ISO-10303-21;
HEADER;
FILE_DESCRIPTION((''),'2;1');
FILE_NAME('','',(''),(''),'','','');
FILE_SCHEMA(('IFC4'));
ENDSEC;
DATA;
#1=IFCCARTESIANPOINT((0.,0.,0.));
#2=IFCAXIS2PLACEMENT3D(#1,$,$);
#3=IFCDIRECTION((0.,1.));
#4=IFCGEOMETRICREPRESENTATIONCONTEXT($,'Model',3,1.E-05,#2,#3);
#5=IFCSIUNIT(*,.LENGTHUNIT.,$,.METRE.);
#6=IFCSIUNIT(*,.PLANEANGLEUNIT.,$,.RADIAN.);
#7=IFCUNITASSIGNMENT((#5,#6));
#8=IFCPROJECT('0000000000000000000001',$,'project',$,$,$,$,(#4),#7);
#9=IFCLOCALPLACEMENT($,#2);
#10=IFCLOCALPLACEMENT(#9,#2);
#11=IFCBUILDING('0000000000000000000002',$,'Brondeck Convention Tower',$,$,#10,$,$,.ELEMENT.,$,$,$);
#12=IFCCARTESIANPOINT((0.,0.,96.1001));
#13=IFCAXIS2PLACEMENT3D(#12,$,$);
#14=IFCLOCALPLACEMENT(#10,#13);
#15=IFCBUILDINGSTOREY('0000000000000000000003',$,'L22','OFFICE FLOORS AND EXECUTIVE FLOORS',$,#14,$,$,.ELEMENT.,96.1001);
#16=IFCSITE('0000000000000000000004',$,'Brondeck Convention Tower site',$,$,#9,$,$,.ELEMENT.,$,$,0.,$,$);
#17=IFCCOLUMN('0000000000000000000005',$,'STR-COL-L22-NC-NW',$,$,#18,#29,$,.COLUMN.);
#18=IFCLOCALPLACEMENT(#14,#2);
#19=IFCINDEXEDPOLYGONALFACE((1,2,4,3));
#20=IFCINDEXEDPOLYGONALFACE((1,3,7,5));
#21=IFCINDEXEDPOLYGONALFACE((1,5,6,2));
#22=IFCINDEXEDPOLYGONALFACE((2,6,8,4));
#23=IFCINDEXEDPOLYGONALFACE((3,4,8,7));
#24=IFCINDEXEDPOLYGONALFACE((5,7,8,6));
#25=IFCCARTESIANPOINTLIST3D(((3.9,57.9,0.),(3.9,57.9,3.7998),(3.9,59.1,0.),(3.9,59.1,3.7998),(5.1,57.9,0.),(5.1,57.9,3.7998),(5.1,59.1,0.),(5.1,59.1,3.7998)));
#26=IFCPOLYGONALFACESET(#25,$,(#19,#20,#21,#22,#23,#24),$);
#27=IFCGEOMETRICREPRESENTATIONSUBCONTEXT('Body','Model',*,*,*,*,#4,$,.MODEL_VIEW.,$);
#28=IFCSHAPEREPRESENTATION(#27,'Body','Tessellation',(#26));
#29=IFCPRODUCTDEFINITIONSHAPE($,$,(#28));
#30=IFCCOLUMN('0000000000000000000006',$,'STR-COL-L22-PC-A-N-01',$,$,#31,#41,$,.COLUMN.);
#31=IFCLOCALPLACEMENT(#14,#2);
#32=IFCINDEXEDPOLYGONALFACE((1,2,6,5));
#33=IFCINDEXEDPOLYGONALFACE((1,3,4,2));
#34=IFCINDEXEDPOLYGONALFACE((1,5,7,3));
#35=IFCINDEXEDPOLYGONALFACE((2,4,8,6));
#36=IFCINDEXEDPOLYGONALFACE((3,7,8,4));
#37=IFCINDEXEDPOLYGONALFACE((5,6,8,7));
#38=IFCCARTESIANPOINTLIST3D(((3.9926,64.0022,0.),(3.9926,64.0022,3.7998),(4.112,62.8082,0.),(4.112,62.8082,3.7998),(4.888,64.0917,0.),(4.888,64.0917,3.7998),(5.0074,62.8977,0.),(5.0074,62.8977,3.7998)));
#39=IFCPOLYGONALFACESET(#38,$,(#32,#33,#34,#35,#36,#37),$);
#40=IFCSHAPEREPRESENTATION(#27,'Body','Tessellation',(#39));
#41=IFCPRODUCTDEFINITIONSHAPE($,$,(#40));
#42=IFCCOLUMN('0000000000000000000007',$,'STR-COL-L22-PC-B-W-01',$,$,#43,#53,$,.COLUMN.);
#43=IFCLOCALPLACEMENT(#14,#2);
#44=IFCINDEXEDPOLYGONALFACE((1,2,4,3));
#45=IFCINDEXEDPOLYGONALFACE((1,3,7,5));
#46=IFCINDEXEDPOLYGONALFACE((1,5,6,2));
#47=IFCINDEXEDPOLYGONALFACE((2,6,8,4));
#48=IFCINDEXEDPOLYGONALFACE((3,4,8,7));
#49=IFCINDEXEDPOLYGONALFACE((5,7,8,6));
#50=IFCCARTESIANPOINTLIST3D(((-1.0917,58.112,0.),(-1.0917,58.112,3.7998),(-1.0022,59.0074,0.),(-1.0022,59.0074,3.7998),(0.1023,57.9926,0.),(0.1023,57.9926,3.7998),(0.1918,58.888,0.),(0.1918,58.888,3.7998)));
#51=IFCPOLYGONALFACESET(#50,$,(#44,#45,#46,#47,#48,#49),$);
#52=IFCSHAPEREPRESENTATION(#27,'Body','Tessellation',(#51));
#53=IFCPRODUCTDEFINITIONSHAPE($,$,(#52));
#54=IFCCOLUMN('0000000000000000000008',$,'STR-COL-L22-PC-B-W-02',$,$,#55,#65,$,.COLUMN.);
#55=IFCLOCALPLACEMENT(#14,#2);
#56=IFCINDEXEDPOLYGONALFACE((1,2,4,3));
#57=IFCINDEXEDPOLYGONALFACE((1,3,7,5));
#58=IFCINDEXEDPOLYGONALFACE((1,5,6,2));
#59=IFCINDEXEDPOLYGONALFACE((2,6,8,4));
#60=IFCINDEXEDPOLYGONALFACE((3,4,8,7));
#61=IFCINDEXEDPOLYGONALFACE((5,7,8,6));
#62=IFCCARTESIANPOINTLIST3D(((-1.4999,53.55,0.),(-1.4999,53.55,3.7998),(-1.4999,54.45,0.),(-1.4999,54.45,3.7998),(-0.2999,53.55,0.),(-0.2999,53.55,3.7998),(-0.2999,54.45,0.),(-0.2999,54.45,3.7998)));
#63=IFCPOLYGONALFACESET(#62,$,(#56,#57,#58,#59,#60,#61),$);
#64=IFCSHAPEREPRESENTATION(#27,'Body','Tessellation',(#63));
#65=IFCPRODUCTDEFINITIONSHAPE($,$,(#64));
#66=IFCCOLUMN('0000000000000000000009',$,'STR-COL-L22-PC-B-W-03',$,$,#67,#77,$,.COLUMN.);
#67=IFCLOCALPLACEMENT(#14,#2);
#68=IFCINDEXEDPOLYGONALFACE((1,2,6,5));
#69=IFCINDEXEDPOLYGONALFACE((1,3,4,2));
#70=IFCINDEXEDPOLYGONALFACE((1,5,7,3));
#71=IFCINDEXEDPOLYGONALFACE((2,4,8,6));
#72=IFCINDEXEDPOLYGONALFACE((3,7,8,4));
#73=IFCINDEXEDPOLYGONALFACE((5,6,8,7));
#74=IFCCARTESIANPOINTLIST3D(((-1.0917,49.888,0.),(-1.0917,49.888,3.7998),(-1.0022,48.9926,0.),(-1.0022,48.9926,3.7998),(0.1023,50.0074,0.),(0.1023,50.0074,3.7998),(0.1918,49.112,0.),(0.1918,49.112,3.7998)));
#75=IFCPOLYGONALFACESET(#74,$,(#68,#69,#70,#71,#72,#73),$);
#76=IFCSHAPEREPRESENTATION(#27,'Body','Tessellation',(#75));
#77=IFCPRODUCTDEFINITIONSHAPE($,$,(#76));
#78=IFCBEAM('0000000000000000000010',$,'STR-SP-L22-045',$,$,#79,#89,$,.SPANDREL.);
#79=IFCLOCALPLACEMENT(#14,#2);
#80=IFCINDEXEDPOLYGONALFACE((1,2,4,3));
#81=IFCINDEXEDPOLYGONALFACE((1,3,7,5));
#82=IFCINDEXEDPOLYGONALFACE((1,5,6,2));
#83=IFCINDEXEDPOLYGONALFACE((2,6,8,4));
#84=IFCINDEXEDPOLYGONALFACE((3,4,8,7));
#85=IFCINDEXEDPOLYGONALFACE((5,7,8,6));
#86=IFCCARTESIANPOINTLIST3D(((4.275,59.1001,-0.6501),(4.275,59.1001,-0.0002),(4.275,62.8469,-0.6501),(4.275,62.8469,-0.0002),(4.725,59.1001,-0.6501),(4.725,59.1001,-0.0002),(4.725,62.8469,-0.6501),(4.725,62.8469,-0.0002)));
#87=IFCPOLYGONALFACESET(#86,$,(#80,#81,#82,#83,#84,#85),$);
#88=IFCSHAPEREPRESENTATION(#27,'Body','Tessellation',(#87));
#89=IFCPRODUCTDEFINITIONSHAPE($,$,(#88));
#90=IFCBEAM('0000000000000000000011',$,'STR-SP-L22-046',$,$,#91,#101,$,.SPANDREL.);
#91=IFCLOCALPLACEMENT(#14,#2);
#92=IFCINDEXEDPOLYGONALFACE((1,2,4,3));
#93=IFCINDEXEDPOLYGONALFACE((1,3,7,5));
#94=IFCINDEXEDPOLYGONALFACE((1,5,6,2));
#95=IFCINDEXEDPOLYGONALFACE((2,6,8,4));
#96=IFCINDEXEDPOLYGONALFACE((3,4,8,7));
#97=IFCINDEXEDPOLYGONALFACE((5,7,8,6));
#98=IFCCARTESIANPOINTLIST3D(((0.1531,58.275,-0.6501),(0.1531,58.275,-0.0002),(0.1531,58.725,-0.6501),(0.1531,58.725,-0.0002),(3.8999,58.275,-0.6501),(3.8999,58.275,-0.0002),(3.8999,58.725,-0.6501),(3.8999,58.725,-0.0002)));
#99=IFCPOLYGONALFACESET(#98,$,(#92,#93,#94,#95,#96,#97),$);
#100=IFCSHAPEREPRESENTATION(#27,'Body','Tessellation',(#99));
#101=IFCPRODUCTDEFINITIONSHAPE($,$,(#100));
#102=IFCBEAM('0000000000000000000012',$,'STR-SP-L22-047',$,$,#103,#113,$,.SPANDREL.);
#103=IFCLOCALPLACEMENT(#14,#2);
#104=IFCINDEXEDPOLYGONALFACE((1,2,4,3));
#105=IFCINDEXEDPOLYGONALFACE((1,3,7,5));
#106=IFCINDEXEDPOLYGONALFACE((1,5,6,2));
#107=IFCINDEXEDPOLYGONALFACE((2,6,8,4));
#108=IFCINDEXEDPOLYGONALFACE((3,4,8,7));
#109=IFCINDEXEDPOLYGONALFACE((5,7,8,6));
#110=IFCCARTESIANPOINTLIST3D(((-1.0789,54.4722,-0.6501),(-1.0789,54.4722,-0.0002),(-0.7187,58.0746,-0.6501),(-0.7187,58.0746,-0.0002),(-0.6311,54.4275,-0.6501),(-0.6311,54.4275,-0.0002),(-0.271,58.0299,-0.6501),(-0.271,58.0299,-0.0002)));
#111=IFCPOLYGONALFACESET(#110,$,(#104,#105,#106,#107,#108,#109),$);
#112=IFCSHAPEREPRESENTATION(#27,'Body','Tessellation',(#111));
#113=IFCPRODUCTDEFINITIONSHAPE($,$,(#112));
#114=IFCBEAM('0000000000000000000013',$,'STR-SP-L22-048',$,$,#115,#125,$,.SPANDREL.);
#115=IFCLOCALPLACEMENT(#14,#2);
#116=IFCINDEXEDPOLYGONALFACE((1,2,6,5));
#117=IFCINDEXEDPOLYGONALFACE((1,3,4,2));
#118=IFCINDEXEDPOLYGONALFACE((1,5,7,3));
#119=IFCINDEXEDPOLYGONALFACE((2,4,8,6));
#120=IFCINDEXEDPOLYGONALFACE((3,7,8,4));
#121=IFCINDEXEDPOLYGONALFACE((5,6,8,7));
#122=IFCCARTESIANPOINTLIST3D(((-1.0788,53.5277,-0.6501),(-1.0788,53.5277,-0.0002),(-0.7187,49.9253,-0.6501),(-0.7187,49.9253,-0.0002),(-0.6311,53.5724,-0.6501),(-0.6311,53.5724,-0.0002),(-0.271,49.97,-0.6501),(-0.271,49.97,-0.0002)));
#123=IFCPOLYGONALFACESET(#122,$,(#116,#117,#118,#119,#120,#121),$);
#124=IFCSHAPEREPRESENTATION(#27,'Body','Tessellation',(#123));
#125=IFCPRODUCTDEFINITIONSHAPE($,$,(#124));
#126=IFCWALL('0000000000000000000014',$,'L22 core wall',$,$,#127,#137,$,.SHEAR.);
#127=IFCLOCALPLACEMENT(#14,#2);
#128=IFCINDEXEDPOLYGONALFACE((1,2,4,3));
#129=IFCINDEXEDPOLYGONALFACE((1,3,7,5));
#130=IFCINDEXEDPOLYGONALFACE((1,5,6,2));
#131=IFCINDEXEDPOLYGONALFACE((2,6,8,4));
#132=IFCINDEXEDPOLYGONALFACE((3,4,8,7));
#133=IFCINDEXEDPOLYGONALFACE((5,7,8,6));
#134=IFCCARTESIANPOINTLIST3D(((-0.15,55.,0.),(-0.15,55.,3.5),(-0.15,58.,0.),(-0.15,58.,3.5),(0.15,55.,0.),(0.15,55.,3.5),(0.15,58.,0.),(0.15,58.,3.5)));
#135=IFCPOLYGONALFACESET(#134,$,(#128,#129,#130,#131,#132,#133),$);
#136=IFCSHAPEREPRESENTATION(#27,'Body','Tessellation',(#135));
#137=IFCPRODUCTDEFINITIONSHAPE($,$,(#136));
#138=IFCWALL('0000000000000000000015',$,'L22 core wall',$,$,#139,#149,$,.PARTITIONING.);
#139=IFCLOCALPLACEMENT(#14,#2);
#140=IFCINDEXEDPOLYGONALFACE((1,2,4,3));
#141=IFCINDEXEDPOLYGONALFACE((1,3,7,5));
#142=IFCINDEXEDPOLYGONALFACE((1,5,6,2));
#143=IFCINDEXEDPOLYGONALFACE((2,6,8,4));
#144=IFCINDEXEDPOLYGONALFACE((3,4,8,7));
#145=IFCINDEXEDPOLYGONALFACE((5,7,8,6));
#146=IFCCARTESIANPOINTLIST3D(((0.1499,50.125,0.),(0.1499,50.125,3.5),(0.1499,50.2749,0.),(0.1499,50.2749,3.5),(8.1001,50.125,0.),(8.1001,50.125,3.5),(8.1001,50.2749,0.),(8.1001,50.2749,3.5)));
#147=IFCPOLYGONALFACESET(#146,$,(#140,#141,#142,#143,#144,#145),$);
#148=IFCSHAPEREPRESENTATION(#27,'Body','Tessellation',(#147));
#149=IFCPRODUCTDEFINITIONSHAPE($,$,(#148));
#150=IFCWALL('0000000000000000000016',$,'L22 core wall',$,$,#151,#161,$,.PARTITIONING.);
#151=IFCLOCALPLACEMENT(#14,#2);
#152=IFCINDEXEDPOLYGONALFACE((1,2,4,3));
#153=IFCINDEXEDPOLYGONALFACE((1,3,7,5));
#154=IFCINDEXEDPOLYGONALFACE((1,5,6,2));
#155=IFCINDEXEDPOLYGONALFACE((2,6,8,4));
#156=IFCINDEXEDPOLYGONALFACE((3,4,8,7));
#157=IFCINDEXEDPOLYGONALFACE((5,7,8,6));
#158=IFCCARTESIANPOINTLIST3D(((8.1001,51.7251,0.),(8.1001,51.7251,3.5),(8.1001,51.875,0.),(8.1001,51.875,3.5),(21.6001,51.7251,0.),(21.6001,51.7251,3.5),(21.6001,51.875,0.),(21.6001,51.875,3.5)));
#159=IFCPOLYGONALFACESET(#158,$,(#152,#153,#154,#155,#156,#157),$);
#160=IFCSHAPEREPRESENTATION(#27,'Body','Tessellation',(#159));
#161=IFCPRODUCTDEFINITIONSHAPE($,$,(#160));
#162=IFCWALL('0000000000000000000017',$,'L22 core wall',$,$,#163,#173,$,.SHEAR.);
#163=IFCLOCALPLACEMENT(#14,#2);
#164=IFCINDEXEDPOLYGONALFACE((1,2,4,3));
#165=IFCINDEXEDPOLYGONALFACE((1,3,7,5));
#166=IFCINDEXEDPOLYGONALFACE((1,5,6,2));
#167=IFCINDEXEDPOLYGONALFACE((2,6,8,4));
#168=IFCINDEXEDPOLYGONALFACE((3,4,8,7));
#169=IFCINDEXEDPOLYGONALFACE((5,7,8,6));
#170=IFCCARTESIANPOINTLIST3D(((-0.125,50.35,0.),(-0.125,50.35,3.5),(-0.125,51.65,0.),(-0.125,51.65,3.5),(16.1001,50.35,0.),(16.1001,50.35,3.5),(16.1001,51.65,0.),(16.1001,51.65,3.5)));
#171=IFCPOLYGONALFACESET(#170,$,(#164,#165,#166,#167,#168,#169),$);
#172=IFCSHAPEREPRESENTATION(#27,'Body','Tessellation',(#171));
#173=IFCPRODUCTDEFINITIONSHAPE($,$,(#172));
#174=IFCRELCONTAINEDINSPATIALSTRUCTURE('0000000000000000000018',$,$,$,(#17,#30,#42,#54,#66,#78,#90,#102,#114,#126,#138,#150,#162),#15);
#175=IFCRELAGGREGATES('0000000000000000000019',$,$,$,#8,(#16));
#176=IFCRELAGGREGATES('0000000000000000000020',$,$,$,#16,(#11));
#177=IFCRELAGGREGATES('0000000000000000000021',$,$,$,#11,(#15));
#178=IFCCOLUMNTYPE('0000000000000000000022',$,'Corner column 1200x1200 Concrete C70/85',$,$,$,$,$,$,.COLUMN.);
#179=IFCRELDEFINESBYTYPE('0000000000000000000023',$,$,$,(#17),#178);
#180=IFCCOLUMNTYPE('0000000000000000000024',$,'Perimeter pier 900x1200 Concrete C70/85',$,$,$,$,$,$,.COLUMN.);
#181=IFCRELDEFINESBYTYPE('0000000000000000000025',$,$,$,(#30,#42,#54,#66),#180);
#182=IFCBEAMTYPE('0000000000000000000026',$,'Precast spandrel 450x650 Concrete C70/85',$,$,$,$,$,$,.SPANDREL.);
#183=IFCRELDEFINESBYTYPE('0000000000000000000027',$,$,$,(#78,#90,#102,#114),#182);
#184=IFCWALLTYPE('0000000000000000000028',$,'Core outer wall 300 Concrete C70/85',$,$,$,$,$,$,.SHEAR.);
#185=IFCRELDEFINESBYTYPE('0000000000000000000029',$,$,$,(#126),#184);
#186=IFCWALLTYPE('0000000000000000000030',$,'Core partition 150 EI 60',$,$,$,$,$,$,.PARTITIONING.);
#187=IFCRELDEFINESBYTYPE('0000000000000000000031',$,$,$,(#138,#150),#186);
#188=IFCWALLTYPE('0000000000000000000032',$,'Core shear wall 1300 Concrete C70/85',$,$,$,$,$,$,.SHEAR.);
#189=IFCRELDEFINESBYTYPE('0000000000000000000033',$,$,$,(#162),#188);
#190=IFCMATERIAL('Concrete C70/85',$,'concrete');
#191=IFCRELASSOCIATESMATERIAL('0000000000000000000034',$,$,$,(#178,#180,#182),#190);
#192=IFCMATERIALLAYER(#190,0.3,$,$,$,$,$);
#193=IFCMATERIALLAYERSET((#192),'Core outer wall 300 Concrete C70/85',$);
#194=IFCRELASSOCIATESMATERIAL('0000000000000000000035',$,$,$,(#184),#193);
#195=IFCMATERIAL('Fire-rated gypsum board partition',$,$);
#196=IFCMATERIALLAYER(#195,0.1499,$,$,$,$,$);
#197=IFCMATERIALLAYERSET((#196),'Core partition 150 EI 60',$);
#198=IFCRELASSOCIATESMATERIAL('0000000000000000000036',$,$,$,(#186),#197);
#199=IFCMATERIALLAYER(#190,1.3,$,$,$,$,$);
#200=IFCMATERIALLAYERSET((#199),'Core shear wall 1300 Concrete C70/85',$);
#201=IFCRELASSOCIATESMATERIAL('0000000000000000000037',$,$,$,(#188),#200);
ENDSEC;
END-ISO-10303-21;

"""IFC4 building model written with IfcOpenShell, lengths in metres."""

from ifc_helpers import new_model, si_unit, direction, frame, frame_2d, origin, origin_2d, place, context, subcontext, project, spatial, rectangle, extrude, material, layer, layer_set, material_profile, profile_set, type_object, element, save


model = new_model("IFC4")

# Units and contexts
model_context = context("Model", 3, precision=1e-05, world=origin(), true_north=direction((0.0, 1.0)))
body_context = subcontext(model_context, "Body", "Model", "MODEL_VIEW")
ifc_project = project(units=[si_unit("LENGTHUNIT", "METRE"), si_unit("PLANEANGLEUNIT", "RADIAN")], contexts=[model_context])

# Site, building, storey
site_placement = place(None, origin())
site = spatial("IfcSite", under=ifc_project, at=site_placement, Name="Brondeck Convention Tower site", CompositionType="ELEMENT", RefElevation=0.0)
building_placement = place(site_placement, origin())
building = spatial("IfcBuilding", under=site, at=building_placement, Name="Brondeck Convention Tower", CompositionType="ELEMENT")
storey_placement = place(building_placement, frame((0.0, 0.0, 96.1001)))
storey = spatial("IfcBuildingStorey", under=building, at=storey_placement, Name="L22", Description="OFFICE FLOORS AND EXECUTIVE FLOORS", CompositionType="ELEMENT", Elevation=96.1001)

# Columns
ifc_material_1 = material(Name="Concrete C70/85", Category="concrete")
ifc_material_profile_1 = material_profile(ifc_material_1, rectangle(XDim=1.2, YDim=1.2, at=origin_2d()), Name="Corner column 1200x1200 Concrete C70/85")
ifc_profile_set_1 = profile_set([ifc_material_profile_1], Name="Concrete C70/85")
column_type_1 = type_object("IfcColumnType", Name="Corner column 1200x1200 Concrete C70/85", PredefinedType="COLUMN", material=ifc_profile_set_1)
column_placement = place(storey_placement, frame((4.5, 58.5, 0.0), z_axis=(0.0, 0.0, 1.0), x_axis=(1.0, 0.0, 0.0)))
element("IfcColumn", 1, at=column_placement, inside=storey, type_object=column_type_1, Name="STR-COL-L22-NC-NW", PredefinedType="COLUMN", context=body_context, shape_type="SweptSolid", body=[
    extrude(rectangle(XDim=1.2, YDim=1.2, at=origin_2d()), origin(), (0.0, 0.0, 1.0), 3.7998),
])
ifc_material_profile_2 = material_profile(ifc_material_1, rectangle(XDim=0.8999, YDim=1.2, at=origin_2d()), Name="Perimeter pier 900x1200 Concrete C70/85")
ifc_profile_set_2 = profile_set([ifc_material_profile_2], Name="Concrete C70/85")
column_type_2 = type_object("IfcColumnType", Name="Perimeter pier 900x1200 Concrete C70/85", PredefinedType="COLUMN", material=ifc_profile_set_2)
for number, where, z_axis, x_axis, name in (
    (2, (4.5, 63.45, 0.0), (0.0, 0.0, 1.0), (-0.995037, -0.099504, 0.0), "STR-COL-L22-PC-A-N-01"),
    (3, (-0.45, 58.5, 0.0), (0.0, 0.0, 1.0), (-0.099504, -0.995037, 0.0), "STR-COL-L22-PC-B-W-01"),
    (4, (-0.8999, 54.0, 0.0), (0.0, 0.0, 1.0), (0.0, -1.0, 0.0), "STR-COL-L22-PC-B-W-02"),
    (5, (-0.45, 49.5, 0.0), (0.0, 0.0, 1.0), (0.099504, -0.995037, 0.0), "STR-COL-L22-PC-B-W-03"),
):
    element("IfcColumn", number, at=place(storey_placement, frame(where, z_axis=z_axis, x_axis=x_axis)), inside=storey, type_object=column_type_2, Name=name, PredefinedType="COLUMN", context=body_context, shape_type="SweptSolid", body=[
        extrude(rectangle(XDim=0.8999, YDim=1.2, at=origin_2d()), origin(), (0.0, 0.0, 1.0), 3.7998),
    ])

# Beams
ifc_material_profile_3 = material_profile(ifc_material_1, rectangle(XDim=0.45, YDim=0.6499, at=origin_2d()), Name="Precast spandrel 450x650 Concrete C70/85")
ifc_profile_set_3 = profile_set([ifc_material_profile_3], Name="Concrete C70/85")
beam_type = type_object("IfcBeamType", Name="Precast spandrel 450x650 Concrete C70/85", PredefinedType="SPANDREL", material=ifc_profile_set_3)
for number, where, z_axis, x_axis, name in (
    (6, (4.5, 62.8469, -0.3252), (0.0, -1.0, 0.0), (1.0, 0.0, 0.0), "STR-SP-L22-045"),
    (7, (3.8999, 58.5, -0.3252), (-1.0, 0.0, 0.0), (0.0, -1.0, 0.0), "STR-SP-L22-046"),
):
    element("IfcBeam", number, at=place(storey_placement, frame(where, z_axis=z_axis, x_axis=x_axis)), inside=storey, type_object=beam_type, Name=name, PredefinedType="SPANDREL", context=body_context, shape_type="SweptSolid", body=[
        extrude(rectangle(XDim=0.45, YDim=0.6499, at=origin_2d()), origin(), (0.0, 0.0, 1.0), 3.7468),
    ])
for number, where, z_axis, x_axis, name in (
    (8, (-0.4949, 58.0522, -0.3252), (-0.09947, -0.995041, 0.0), (0.995041, -0.09947, 0.0), "STR-SP-L22-047"),
    (9, (-0.855, 53.55, -0.3252), (0.09947, -0.995041, 0.0), (0.995041, 0.09947, 0.0), "STR-SP-L22-048"),
):
    element("IfcBeam", number, at=place(storey_placement, frame(where, z_axis=z_axis, x_axis=x_axis)), inside=storey, type_object=beam_type, Name=name, PredefinedType="SPANDREL", context=body_context, shape_type="SweptSolid", body=[
        extrude(rectangle(XDim=0.45, YDim=0.6499, at=origin_2d()), origin(), (0.0, 0.0, 1.0), 3.6204),
    ])

# Walls
ifc_layer_1 = layer(ifc_material_1, 0.3)
ifc_layer_set_1 = layer_set([ifc_layer_1], Name="Core outer wall 300 Concrete C70/85")
wall_type_1 = type_object("IfcWallType", Name="Core outer wall 300 Concrete C70/85", PredefinedType="SHEAR", material=ifc_layer_set_1)
wall_1_placement = place(storey_placement, frame((0.0, 55.0, 0.0), z_axis=(0.0, 0.0, 1.0), x_axis=(0.0, 1.0, 0.0)))
element("IfcWall", 10, at=wall_1_placement, inside=storey, type_object=wall_type_1, Name="L22 core wall", PredefinedType="SHEAR", context=body_context, shape_type="SweptSolid", body=[
    extrude(rectangle(XDim=3.0, YDim=0.3, at=frame_2d((1.5, 0.0))), origin(), (0.0, 0.0, 1.0), 3.5),
])
ifc_material_2 = material(Name="Fire-rated gypsum board partition")
ifc_layer_2 = layer(ifc_material_2, 0.1499)
ifc_layer_set_2 = layer_set([ifc_layer_2], Name="Core partition 150 EI 60")
wall_type_2 = type_object("IfcWallType", Name="Core partition 150 EI 60", PredefinedType="PARTITIONING", material=ifc_layer_set_2)
wall_2_placement = place(storey_placement, frame((0.1499, 50.2, 0.0), z_axis=(0.0, 0.0, 1.0), x_axis=(1.0, 0.0, 0.0)))
element("IfcWall", 11, at=wall_2_placement, inside=storey, type_object=wall_type_2, Name="L22 core wall", PredefinedType="PARTITIONING", context=body_context, shape_type="SweptSolid", body=[
    extrude(rectangle(XDim=7.9502, YDim=0.1499, at=frame_2d((3.9751, 0.0))), origin(), (0.0, 0.0, 1.0), 3.5),
])
wall_3_placement = place(storey_placement, frame((8.1001, 51.8, 0.0), z_axis=(0.0, 0.0, 1.0), x_axis=(1.0, 0.0, 0.0)))
element("IfcWall", 12, at=wall_3_placement, inside=storey, type_object=wall_type_2, Name="L22 core wall", PredefinedType="PARTITIONING", context=body_context, shape_type="SweptSolid", body=[
    extrude(rectangle(XDim=13.5, YDim=0.1499, at=frame_2d((6.75, 0.0))), origin(), (0.0, 0.0, 1.0), 3.5),
])
ifc_layer_3 = layer(ifc_material_1, 1.3)
ifc_layer_set_3 = layer_set([ifc_layer_3], Name="Core shear wall 1300 Concrete C70/85")
wall_type_3 = type_object("IfcWallType", Name="Core shear wall 1300 Concrete C70/85", PredefinedType="SHEAR", material=ifc_layer_set_3)
wall_4_placement = place(storey_placement, frame((-0.125, 51.0, 0.0), z_axis=(0.0, 0.0, 1.0), x_axis=(1.0, 0.0, 0.0)))
element("IfcWall", 13, at=wall_4_placement, inside=storey, type_object=wall_type_3, Name="L22 core wall", PredefinedType="SHEAR", context=body_context, shape_type="SweptSolid", body=[
    extrude(rectangle(XDim=16.2251, YDim=1.3, at=frame_2d((8.1125, 0.0))), origin(), (0.0, 0.0, 1.0), 3.5),
])

save(model, "model.ifc")
